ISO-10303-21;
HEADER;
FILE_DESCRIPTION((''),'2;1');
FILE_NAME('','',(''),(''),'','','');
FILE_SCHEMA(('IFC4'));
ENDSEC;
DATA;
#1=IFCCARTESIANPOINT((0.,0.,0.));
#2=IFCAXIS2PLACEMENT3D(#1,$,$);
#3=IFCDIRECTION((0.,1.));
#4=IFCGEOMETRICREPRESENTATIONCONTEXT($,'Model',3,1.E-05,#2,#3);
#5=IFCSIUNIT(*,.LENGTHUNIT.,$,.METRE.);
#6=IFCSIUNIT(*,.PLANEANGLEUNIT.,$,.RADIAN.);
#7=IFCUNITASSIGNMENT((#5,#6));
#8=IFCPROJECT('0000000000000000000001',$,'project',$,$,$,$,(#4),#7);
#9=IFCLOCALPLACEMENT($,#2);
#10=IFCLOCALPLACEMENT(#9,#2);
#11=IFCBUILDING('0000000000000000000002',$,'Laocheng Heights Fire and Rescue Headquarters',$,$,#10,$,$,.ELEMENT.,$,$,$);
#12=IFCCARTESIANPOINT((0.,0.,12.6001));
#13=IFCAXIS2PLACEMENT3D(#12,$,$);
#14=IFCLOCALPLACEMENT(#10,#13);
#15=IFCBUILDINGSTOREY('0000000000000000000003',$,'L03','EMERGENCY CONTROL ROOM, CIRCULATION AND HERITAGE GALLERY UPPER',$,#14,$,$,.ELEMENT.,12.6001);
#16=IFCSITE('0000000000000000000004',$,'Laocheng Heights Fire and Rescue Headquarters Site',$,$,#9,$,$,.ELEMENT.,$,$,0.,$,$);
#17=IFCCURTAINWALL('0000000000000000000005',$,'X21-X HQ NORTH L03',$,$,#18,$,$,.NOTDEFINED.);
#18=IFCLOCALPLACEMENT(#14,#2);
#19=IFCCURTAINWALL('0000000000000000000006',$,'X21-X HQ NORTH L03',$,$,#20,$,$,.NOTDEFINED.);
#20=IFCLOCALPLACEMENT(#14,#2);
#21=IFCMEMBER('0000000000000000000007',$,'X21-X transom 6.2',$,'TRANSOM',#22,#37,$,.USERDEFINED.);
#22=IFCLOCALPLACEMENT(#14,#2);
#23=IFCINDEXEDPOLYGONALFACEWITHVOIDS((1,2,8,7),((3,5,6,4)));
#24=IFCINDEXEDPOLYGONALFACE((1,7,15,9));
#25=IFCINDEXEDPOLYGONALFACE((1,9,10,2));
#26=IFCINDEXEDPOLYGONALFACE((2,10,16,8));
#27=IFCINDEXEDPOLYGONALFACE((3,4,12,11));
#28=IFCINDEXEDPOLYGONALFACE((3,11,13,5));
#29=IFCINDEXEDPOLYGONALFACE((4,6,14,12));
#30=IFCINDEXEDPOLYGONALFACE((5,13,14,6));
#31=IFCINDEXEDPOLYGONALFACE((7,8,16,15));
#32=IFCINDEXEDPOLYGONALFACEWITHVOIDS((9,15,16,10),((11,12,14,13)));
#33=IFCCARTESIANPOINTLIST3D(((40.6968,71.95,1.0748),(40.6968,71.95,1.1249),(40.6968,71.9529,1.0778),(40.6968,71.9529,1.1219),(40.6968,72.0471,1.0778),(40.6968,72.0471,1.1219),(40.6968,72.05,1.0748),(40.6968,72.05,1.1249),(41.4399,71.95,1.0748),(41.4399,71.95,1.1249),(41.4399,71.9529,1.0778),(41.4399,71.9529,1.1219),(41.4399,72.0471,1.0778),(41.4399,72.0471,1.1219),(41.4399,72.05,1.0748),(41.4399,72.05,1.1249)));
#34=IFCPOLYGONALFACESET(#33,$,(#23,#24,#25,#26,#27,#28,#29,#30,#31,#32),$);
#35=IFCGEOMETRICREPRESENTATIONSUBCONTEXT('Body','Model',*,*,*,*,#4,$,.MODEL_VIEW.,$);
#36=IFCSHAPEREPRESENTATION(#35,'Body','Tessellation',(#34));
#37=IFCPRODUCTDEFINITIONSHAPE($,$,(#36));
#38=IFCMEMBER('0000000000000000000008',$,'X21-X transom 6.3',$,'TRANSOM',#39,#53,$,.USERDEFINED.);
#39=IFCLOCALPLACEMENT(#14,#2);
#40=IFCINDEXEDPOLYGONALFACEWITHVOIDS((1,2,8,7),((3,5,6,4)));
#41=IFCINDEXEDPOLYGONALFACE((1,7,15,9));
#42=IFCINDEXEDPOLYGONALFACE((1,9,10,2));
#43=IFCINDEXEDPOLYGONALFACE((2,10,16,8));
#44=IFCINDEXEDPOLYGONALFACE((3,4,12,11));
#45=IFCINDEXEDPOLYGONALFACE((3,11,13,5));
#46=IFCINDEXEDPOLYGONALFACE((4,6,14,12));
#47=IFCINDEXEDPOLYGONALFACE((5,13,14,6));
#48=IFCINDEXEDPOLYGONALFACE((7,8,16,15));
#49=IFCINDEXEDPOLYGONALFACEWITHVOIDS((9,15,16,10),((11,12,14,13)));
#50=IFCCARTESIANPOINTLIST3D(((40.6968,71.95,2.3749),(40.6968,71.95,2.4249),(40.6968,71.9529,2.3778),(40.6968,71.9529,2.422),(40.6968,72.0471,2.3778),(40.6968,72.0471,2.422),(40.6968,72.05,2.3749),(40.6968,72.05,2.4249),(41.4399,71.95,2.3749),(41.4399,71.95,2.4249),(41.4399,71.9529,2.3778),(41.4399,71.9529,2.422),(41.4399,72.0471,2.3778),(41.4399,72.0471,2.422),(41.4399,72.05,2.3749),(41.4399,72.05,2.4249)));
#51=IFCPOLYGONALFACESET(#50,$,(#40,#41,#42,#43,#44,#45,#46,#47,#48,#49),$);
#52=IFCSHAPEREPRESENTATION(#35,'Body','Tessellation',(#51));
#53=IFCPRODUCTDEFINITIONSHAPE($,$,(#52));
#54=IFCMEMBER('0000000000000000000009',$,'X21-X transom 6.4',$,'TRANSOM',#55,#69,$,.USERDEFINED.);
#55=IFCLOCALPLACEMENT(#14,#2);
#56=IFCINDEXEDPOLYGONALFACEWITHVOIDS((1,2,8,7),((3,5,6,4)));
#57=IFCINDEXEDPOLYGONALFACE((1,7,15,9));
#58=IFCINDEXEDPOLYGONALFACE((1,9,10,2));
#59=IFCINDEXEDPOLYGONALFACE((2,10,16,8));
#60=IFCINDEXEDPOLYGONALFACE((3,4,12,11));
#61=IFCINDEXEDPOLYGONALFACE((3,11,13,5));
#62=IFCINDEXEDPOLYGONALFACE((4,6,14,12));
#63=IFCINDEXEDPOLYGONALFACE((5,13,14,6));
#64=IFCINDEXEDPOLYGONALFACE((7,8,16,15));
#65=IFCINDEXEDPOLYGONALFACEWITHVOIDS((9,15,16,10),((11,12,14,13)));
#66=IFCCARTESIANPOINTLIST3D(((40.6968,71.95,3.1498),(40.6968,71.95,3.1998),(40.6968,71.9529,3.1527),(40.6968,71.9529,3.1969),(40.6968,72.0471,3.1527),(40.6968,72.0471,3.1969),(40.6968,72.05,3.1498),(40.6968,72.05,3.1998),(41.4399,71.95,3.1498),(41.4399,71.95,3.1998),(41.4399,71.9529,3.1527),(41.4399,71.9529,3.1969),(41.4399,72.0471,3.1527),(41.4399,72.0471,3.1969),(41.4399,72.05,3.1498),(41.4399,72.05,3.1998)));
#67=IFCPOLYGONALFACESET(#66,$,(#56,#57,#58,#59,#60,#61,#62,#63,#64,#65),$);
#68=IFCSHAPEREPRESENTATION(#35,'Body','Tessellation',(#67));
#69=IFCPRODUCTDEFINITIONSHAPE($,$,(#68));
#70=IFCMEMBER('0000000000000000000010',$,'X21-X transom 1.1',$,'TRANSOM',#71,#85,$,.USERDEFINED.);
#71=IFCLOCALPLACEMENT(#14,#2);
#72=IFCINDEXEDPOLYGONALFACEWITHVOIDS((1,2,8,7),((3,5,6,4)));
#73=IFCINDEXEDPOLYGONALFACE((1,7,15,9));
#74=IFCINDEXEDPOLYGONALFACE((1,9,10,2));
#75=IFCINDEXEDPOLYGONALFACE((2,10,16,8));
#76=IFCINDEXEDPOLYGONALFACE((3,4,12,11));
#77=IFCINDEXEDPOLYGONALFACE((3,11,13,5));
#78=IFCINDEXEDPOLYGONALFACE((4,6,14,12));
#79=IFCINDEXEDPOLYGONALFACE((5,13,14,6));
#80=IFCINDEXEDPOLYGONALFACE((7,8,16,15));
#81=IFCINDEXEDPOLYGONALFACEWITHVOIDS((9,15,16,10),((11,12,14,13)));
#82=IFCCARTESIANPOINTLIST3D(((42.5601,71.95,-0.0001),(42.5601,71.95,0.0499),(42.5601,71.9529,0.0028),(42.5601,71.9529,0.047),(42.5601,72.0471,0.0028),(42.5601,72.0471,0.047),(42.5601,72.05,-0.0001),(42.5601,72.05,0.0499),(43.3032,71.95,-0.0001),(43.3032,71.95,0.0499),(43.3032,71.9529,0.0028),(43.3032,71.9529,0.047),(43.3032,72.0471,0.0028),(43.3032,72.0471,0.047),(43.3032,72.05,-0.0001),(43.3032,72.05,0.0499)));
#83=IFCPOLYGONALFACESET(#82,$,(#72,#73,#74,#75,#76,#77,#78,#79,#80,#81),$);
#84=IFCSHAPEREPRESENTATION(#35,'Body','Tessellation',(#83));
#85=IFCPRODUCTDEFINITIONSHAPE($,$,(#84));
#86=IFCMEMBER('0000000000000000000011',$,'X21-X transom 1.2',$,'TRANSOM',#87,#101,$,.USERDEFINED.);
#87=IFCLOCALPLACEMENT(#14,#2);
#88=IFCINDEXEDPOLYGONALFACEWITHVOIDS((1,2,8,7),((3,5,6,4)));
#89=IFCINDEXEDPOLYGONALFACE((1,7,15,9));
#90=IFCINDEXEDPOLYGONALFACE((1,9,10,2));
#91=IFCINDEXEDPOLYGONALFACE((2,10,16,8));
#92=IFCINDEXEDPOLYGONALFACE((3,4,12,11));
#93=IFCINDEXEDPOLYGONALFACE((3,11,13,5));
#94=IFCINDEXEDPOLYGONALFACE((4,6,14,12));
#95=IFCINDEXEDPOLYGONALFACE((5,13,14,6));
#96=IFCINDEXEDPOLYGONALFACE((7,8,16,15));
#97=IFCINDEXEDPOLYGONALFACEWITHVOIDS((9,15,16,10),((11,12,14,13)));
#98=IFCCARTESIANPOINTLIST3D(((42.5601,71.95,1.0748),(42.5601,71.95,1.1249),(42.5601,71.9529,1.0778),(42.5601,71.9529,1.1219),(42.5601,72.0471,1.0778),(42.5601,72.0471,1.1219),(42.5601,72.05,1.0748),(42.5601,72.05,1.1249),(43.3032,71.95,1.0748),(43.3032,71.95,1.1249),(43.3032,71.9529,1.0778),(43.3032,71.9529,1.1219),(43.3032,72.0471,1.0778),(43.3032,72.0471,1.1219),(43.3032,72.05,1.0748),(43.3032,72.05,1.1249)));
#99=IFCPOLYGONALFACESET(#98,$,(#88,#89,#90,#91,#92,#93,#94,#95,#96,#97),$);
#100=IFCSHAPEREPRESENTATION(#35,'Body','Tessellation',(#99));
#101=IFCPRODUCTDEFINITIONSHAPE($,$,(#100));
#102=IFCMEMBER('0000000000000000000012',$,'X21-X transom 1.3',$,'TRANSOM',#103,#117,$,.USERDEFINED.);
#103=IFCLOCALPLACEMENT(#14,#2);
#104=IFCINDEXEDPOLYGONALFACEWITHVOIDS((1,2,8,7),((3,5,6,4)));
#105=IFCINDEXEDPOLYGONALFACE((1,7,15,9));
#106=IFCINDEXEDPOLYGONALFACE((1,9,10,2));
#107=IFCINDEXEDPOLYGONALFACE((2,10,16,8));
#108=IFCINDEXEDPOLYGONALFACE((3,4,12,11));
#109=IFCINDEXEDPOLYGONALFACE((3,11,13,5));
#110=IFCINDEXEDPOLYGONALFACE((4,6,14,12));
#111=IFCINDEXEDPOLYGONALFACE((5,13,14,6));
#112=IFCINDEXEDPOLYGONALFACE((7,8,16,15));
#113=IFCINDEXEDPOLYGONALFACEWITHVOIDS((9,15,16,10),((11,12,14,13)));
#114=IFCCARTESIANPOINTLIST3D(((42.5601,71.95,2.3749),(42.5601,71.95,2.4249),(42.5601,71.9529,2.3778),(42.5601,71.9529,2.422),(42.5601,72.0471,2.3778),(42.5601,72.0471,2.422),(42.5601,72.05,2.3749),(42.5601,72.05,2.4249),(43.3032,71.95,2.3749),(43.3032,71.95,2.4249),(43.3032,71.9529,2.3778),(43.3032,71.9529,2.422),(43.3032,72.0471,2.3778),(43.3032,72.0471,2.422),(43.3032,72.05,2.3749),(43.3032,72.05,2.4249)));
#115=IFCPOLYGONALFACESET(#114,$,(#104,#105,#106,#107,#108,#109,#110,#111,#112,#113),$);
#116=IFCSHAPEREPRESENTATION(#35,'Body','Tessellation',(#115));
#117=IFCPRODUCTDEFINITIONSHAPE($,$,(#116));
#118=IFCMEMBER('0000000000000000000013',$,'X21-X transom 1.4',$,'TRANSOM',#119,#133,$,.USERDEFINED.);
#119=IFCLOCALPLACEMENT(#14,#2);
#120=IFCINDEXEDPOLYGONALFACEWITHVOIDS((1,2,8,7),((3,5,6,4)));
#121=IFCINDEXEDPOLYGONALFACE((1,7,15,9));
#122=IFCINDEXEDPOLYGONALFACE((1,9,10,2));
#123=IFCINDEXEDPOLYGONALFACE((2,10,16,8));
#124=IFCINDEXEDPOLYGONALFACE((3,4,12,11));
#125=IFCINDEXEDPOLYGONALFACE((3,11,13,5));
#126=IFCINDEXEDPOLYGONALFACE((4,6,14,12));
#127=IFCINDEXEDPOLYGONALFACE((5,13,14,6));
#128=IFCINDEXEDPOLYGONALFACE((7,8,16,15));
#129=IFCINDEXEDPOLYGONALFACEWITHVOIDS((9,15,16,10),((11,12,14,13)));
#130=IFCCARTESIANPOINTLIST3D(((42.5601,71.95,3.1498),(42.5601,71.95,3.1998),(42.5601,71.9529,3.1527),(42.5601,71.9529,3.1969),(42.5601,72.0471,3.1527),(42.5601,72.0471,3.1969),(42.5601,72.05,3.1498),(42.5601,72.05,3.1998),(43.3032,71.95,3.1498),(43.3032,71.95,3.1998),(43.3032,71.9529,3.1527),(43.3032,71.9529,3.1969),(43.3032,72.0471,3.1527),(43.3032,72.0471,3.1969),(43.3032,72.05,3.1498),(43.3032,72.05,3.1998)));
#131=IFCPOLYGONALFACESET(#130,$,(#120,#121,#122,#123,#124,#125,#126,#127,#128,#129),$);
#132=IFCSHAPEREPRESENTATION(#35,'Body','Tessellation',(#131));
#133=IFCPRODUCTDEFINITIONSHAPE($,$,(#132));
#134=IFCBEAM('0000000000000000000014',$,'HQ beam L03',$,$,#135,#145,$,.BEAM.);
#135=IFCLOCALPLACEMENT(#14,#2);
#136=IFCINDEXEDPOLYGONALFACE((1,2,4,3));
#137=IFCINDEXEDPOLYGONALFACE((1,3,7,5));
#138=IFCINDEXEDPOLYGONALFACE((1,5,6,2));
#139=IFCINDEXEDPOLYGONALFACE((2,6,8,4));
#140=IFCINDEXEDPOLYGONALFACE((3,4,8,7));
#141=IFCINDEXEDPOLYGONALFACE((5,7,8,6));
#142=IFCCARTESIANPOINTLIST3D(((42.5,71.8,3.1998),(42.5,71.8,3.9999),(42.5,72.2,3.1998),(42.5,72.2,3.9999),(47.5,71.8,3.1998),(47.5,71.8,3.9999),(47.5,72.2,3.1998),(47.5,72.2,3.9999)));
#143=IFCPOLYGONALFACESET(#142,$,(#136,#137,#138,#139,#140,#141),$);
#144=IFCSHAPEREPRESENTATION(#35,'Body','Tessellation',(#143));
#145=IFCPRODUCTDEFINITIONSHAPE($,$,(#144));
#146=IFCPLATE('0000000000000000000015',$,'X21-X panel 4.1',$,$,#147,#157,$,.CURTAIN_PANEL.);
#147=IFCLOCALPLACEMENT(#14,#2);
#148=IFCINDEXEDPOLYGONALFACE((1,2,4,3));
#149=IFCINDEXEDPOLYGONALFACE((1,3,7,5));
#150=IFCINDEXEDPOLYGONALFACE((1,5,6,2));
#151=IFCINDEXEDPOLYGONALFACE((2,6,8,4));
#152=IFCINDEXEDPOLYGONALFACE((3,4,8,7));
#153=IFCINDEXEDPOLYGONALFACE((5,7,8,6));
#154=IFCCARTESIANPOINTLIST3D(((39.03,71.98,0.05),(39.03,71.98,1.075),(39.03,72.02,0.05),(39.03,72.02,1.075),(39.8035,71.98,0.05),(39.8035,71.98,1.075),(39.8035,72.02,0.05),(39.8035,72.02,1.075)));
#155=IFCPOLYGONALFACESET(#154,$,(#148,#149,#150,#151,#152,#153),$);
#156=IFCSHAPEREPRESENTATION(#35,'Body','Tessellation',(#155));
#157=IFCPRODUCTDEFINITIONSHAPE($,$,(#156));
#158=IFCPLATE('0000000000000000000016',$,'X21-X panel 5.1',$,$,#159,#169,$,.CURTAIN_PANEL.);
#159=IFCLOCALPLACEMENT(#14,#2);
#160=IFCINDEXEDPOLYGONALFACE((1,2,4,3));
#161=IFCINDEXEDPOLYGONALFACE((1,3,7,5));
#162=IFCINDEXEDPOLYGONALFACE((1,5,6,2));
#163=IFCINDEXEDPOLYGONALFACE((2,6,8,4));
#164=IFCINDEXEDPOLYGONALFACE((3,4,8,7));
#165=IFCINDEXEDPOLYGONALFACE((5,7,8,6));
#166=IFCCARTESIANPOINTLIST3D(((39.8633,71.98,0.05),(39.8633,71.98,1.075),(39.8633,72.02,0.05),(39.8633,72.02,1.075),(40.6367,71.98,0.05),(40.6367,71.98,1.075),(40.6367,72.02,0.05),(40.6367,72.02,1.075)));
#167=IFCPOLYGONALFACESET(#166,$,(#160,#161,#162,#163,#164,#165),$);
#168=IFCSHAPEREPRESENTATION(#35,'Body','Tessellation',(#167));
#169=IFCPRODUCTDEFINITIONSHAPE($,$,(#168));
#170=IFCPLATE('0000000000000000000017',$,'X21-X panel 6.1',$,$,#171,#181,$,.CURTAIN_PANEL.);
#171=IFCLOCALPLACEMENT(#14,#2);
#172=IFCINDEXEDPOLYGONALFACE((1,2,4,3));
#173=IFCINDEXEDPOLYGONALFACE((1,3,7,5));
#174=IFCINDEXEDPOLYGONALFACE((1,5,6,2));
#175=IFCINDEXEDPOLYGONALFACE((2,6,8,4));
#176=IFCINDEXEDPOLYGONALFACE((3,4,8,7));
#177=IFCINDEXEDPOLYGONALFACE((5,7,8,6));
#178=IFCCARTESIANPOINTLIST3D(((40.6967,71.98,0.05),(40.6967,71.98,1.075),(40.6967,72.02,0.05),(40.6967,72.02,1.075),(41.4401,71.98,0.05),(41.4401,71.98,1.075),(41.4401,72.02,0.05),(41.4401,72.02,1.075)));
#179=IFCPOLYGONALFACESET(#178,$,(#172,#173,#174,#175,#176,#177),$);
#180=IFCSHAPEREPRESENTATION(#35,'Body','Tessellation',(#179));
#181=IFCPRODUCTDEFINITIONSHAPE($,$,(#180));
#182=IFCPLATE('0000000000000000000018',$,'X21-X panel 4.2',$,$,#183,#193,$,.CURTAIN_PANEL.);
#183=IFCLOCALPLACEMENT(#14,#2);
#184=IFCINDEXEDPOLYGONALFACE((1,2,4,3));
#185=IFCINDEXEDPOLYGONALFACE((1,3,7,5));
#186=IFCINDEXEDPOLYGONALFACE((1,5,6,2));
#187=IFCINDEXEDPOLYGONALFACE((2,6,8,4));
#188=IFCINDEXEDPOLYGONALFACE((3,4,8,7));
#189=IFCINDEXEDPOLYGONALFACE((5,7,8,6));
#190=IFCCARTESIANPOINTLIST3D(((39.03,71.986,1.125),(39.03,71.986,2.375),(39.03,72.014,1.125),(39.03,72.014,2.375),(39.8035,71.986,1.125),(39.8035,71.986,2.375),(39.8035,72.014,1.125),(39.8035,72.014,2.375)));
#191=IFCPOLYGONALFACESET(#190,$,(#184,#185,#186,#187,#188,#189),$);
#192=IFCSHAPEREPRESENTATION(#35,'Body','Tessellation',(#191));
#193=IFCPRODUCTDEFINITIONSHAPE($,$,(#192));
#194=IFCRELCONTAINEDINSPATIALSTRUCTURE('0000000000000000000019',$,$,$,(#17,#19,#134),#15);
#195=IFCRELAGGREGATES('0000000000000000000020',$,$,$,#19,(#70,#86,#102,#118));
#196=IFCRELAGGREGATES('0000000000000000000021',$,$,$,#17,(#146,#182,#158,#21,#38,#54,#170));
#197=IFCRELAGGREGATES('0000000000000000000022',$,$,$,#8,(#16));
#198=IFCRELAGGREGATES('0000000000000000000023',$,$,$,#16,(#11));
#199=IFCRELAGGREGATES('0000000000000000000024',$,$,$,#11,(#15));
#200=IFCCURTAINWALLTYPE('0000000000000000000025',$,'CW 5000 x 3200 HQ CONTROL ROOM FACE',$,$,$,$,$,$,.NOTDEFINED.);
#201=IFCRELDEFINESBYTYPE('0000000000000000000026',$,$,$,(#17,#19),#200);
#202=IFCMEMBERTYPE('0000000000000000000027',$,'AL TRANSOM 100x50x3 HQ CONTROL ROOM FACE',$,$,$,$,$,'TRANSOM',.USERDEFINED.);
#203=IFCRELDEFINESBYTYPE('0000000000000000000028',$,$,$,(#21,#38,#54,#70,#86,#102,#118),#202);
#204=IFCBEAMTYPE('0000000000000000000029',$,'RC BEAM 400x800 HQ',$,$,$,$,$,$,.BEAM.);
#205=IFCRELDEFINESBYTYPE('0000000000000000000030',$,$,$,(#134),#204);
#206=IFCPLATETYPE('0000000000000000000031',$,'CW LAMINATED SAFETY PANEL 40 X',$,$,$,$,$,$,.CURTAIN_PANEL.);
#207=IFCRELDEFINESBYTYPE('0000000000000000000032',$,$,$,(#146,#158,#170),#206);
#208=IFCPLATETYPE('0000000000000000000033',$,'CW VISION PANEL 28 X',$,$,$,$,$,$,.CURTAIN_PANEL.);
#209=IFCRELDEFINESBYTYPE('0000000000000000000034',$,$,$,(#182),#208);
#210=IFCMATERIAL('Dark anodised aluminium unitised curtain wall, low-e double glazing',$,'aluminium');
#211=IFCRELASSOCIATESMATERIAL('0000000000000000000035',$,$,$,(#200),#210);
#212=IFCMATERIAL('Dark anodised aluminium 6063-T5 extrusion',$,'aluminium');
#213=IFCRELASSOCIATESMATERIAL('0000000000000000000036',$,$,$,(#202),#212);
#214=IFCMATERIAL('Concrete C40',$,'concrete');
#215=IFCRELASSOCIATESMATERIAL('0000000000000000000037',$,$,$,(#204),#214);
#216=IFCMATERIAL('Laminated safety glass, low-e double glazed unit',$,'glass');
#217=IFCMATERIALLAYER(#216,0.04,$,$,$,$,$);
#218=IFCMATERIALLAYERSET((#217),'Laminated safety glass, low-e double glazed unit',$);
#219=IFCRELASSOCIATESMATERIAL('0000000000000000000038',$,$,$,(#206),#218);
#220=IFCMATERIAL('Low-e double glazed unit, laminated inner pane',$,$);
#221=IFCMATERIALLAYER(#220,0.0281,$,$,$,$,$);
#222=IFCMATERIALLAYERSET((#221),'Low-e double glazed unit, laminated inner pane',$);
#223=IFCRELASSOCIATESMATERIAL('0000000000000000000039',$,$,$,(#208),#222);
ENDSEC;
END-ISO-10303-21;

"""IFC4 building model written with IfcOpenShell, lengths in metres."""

from ifc_helpers import new_model, si_unit, direction, frame, origin, origin_2d, place, context, subcontext, project, spatial, rectangle, hollow_rectangle, extrude, material, layer, layer_set, material_profile, profile_set, type_object, element, aggregate, save


model = new_model("IFC4")

# Units and contexts
model_context = context("Model", 3, precision=1e-05, world=origin(), true_north=direction((0.0, 1.0)))
body_context = subcontext(model_context, "Body", "Model", "MODEL_VIEW")
ifc_project = project(units=[si_unit("LENGTHUNIT", "METRE"), si_unit("PLANEANGLEUNIT", "RADIAN")], contexts=[model_context])

# Site, building, storey
site_placement = place(None, origin())
site = spatial("IfcSite", under=ifc_project, at=site_placement, Name="Laocheng Heights Fire and Rescue Headquarters Site", CompositionType="ELEMENT", RefElevation=0.0)
building_placement = place(site_placement, origin())
building = spatial("IfcBuilding", under=site, at=building_placement, Name="Laocheng Heights Fire and Rescue Headquarters", CompositionType="ELEMENT")
storey_placement = place(building_placement, frame((0.0, 0.0, 12.6001)))
storey = spatial("IfcBuildingStorey", under=building, at=storey_placement, Name="L03", Description="EMERGENCY CONTROL ROOM, CIRCULATION AND HERITAGE GALLERY UPPER", CompositionType="ELEMENT", Elevation=12.6001)

# Curtain wall
ifc_material_1 = material(Name="Dark anodised aluminium unitised curtain wall, low-e double glazing", Category="aluminium")
curtain_wall_type = type_object("IfcCurtainWallType", Name="CW 5000 x 3200 HQ CONTROL ROOM FACE", PredefinedType="NOTDEFINED", material=ifc_material_1)
curtain_wall_1_placement = place(storey_placement, origin())
curtain_wall_1 = element("IfcCurtainWall", 1, at=curtain_wall_1_placement, inside=storey, type_object=curtain_wall_type, Name="X21-X HQ NORTH L03", PredefinedType="NOTDEFINED")

# Curtain wall
curtain_wall_2_placement = place(storey_placement, origin())
curtain_wall_2 = element("IfcCurtainWall", 2, at=curtain_wall_2_placement, inside=storey, type_object=curtain_wall_type, Name="X21-X HQ NORTH L03", PredefinedType="NOTDEFINED")

# Members
ifc_material_2 = material(Name="Dark anodised aluminium 6063-T5 extrusion", Category="aluminium")
ifc_material_profile_1 = material_profile(ifc_material_2, hollow_rectangle(XDim=0.1001, YDim=0.05, WallThickness=0.0029, at=origin_2d()), Name="AL TRANSOM 100x50x3 HQ CONTROL ROOM FACE")
ifc_profile_set_1 = profile_set([ifc_material_profile_1], Name="Dark anodised aluminium 6063-T5 extrusion")
member_type_1 = type_object("IfcMemberType", Name="AL TRANSOM 100x50x3 HQ CONTROL ROOM FACE", ElementType="TRANSOM", PredefinedType="USERDEFINED", material=ifc_profile_set_1)
member_1_placement = place(storey_placement, frame((40.6968, 72.0, 1.0999), z_axis=(1.0, 0.0, 0.0), x_axis=(0.0, 1.0, 0.0)))
member_1 = element("IfcMember", 3, at=member_1_placement, type_object=member_type_1, Name="X21-X transom 6.2", ObjectType="TRANSOM", PredefinedType="USERDEFINED", context=body_context, shape_type="SweptSolid", body=[
    extrude(hollow_rectangle(XDim=0.1001, YDim=0.05, WallThickness=0.0029, at=origin_2d()), origin(), (0.0, 0.0, 1.0), 0.7432),
])
member_2_placement = place(storey_placement, frame((40.6968, 72.0, 2.3999), z_axis=(1.0, 0.0, 0.0), x_axis=(0.0, 1.0, 0.0)))
member_2 = element("IfcMember", 4, at=member_2_placement, type_object=member_type_1, Name="X21-X transom 6.3", ObjectType="TRANSOM", PredefinedType="USERDEFINED", context=body_context, shape_type="SweptSolid", body=[
    extrude(hollow_rectangle(XDim=0.1001, YDim=0.05, WallThickness=0.0029, at=origin_2d()), origin(), (0.0, 0.0, 1.0), 0.7432),
])
member_3_placement = place(storey_placement, frame((40.6968, 72.0, 3.1748), z_axis=(1.0, 0.0, 0.0), x_axis=(0.0, 1.0, 0.0)))
member_3 = element("IfcMember", 5, at=member_3_placement, type_object=member_type_1, Name="X21-X transom 6.4", ObjectType="TRANSOM", PredefinedType="USERDEFINED", context=body_context, shape_type="SweptSolid", body=[
    extrude(hollow_rectangle(XDim=0.1001, YDim=0.05, WallThickness=0.0029, at=origin_2d()), origin(), (0.0, 0.0, 1.0), 0.7432),
])
member_4_placement = place(storey_placement, frame((42.5601, 72.0, 0.0249), z_axis=(1.0, 0.0, 0.0), x_axis=(0.0, 1.0, 0.0)))
member_4 = element("IfcMember", 6, at=member_4_placement, type_object=member_type_1, Name="X21-X transom 1.1", ObjectType="TRANSOM", PredefinedType="USERDEFINED", context=body_context, shape_type="SweptSolid", body=[
    extrude(hollow_rectangle(XDim=0.1001, YDim=0.05, WallThickness=0.0029, at=origin_2d()), origin(), (0.0, 0.0, 1.0), 0.7432),
])
member_5_placement = place(storey_placement, frame((42.5601, 72.0, 1.0999), z_axis=(1.0, 0.0, 0.0), x_axis=(0.0, 1.0, 0.0)))
member_5 = element("IfcMember", 7, at=member_5_placement, type_object=member_type_1, Name="X21-X transom 1.2", ObjectType="TRANSOM", PredefinedType="USERDEFINED", context=body_context, shape_type="SweptSolid", body=[
    extrude(hollow_rectangle(XDim=0.1001, YDim=0.05, WallThickness=0.0029, at=origin_2d()), origin(), (0.0, 0.0, 1.0), 0.7432),
])
member_6_placement = place(storey_placement, frame((42.5601, 72.0, 2.3999), z_axis=(1.0, 0.0, 0.0), x_axis=(0.0, 1.0, 0.0)))
member_6 = element("IfcMember", 8, at=member_6_placement, type_object=member_type_1, Name="X21-X transom 1.3", ObjectType="TRANSOM", PredefinedType="USERDEFINED", context=body_context, shape_type="SweptSolid", body=[
    extrude(hollow_rectangle(XDim=0.1001, YDim=0.05, WallThickness=0.0029, at=origin_2d()), origin(), (0.0, 0.0, 1.0), 0.7432),
])
member_7_placement = place(storey_placement, frame((42.5601, 72.0, 3.1748), z_axis=(1.0, 0.0, 0.0), x_axis=(0.0, 1.0, 0.0)))
member_7 = element("IfcMember", 9, at=member_7_placement, type_object=member_type_1, Name="X21-X transom 1.4", ObjectType="TRANSOM", PredefinedType="USERDEFINED", context=body_context, shape_type="SweptSolid", body=[
    extrude(hollow_rectangle(XDim=0.1001, YDim=0.05, WallThickness=0.0029, at=origin_2d()), origin(), (0.0, 0.0, 1.0), 0.7432),
])
aggregate(curtain_wall_2, [member_4, member_5, member_6, member_7])

# Beam
ifc_material_3 = material(Name="Concrete C40", Category="concrete")
ifc_material_profile_2 = material_profile(ifc_material_3, rectangle(XDim=0.3999, YDim=0.8, at=origin_2d()), Name="RC BEAM 400x800 HQ")
ifc_profile_set_2 = profile_set([ifc_material_profile_2], Name="Concrete C40")
beam_type = type_object("IfcBeamType", Name="RC BEAM 400x800 HQ", PredefinedType="BEAM", material=ifc_profile_set_2)
beam_placement = place(storey_placement, frame((42.5, 72.0, 3.5999), z_axis=(1.0, 0.0, 0.0), x_axis=(0.0, 1.0, 0.0)))
element("IfcBeam", 10, at=beam_placement, inside=storey, type_object=beam_type, Name="HQ beam L03", PredefinedType="BEAM", context=body_context, shape_type="SweptSolid", body=[
    extrude(rectangle(XDim=0.3999, YDim=0.8, at=origin_2d()), origin(), (0.0, 0.0, 1.0), 5.0),
])

# Plates
ifc_material_4 = material(Name="Laminated safety glass, low-e double glazed unit", Category="glass")
ifc_layer_1 = layer(ifc_material_4, 0.04)
ifc_layer_set_1 = layer_set([ifc_layer_1], Name="Laminated safety glass, low-e double glazed unit")
plate_type_1 = type_object("IfcPlateType", Name="CW LAMINATED SAFETY PANEL 40 X", PredefinedType="CURTAIN_PANEL", material=ifc_layer_set_1)
plate_1_placement = place(storey_placement, frame((39.4167, 72.0, 0.05), z_axis=(0.0, 0.0, 1.0), x_axis=(1.0, 0.0, 0.0)))
plate_1 = element("IfcPlate", 11, at=plate_1_placement, type_object=plate_type_1, Name="X21-X panel 4.1", PredefinedType="CURTAIN_PANEL", context=body_context, shape_type="SweptSolid", body=[
    extrude(rectangle(XDim=0.7734, YDim=0.04, at=origin_2d()), origin(), (0.0, 0.0, 1.0), 1.0249),
])
plate_2_placement = place(storey_placement, frame((40.25, 72.0, 0.05), z_axis=(0.0, 0.0, 1.0), x_axis=(1.0, 0.0, 0.0)))
plate_2 = element("IfcPlate", 12, at=plate_2_placement, type_object=plate_type_1, Name="X21-X panel 5.1", PredefinedType="CURTAIN_PANEL", context=body_context, shape_type="SweptSolid", body=[
    extrude(rectangle(XDim=0.7734, YDim=0.04, at=origin_2d()), origin(), (0.0, 0.0, 1.0), 1.0249),
])
plate_3_placement = place(storey_placement, frame((41.0684, 72.0, 0.05), z_axis=(0.0, 0.0, 1.0), x_axis=(1.0, 0.0, 0.0)))
plate_3 = element("IfcPlate", 13, at=plate_3_placement, type_object=plate_type_1, Name="X21-X panel 6.1", PredefinedType="CURTAIN_PANEL", context=body_context, shape_type="SweptSolid", body=[
    extrude(rectangle(XDim=0.7434, YDim=0.04, at=origin_2d()), origin(), (0.0, 0.0, 1.0), 1.0249),
])
ifc_material_5 = material(Name="Low-e double glazed unit, laminated inner pane")
ifc_layer_2 = layer(ifc_material_5, 0.0281)
ifc_layer_set_2 = layer_set([ifc_layer_2], Name="Low-e double glazed unit, laminated inner pane")
plate_type_2 = type_object("IfcPlateType", Name="CW VISION PANEL 28 X", PredefinedType="CURTAIN_PANEL", material=ifc_layer_set_2)
plate_4_placement = place(storey_placement, frame((39.4167, 72.0, 1.125), z_axis=(0.0, 0.0, 1.0), x_axis=(1.0, 0.0, 0.0)))
plate_4 = element("IfcPlate", 14, at=plate_4_placement, type_object=plate_type_2, Name="X21-X panel 4.2", PredefinedType="CURTAIN_PANEL", context=body_context, shape_type="SweptSolid", body=[
    extrude(rectangle(XDim=0.7734, YDim=0.0281, at=origin_2d()), origin(), (0.0, 0.0, 1.0), 1.25),
])
aggregate(curtain_wall_1, [plate_1, plate_4, plate_2, member_1, member_2, member_3, plate_3])

save(model, "model.ifc")
